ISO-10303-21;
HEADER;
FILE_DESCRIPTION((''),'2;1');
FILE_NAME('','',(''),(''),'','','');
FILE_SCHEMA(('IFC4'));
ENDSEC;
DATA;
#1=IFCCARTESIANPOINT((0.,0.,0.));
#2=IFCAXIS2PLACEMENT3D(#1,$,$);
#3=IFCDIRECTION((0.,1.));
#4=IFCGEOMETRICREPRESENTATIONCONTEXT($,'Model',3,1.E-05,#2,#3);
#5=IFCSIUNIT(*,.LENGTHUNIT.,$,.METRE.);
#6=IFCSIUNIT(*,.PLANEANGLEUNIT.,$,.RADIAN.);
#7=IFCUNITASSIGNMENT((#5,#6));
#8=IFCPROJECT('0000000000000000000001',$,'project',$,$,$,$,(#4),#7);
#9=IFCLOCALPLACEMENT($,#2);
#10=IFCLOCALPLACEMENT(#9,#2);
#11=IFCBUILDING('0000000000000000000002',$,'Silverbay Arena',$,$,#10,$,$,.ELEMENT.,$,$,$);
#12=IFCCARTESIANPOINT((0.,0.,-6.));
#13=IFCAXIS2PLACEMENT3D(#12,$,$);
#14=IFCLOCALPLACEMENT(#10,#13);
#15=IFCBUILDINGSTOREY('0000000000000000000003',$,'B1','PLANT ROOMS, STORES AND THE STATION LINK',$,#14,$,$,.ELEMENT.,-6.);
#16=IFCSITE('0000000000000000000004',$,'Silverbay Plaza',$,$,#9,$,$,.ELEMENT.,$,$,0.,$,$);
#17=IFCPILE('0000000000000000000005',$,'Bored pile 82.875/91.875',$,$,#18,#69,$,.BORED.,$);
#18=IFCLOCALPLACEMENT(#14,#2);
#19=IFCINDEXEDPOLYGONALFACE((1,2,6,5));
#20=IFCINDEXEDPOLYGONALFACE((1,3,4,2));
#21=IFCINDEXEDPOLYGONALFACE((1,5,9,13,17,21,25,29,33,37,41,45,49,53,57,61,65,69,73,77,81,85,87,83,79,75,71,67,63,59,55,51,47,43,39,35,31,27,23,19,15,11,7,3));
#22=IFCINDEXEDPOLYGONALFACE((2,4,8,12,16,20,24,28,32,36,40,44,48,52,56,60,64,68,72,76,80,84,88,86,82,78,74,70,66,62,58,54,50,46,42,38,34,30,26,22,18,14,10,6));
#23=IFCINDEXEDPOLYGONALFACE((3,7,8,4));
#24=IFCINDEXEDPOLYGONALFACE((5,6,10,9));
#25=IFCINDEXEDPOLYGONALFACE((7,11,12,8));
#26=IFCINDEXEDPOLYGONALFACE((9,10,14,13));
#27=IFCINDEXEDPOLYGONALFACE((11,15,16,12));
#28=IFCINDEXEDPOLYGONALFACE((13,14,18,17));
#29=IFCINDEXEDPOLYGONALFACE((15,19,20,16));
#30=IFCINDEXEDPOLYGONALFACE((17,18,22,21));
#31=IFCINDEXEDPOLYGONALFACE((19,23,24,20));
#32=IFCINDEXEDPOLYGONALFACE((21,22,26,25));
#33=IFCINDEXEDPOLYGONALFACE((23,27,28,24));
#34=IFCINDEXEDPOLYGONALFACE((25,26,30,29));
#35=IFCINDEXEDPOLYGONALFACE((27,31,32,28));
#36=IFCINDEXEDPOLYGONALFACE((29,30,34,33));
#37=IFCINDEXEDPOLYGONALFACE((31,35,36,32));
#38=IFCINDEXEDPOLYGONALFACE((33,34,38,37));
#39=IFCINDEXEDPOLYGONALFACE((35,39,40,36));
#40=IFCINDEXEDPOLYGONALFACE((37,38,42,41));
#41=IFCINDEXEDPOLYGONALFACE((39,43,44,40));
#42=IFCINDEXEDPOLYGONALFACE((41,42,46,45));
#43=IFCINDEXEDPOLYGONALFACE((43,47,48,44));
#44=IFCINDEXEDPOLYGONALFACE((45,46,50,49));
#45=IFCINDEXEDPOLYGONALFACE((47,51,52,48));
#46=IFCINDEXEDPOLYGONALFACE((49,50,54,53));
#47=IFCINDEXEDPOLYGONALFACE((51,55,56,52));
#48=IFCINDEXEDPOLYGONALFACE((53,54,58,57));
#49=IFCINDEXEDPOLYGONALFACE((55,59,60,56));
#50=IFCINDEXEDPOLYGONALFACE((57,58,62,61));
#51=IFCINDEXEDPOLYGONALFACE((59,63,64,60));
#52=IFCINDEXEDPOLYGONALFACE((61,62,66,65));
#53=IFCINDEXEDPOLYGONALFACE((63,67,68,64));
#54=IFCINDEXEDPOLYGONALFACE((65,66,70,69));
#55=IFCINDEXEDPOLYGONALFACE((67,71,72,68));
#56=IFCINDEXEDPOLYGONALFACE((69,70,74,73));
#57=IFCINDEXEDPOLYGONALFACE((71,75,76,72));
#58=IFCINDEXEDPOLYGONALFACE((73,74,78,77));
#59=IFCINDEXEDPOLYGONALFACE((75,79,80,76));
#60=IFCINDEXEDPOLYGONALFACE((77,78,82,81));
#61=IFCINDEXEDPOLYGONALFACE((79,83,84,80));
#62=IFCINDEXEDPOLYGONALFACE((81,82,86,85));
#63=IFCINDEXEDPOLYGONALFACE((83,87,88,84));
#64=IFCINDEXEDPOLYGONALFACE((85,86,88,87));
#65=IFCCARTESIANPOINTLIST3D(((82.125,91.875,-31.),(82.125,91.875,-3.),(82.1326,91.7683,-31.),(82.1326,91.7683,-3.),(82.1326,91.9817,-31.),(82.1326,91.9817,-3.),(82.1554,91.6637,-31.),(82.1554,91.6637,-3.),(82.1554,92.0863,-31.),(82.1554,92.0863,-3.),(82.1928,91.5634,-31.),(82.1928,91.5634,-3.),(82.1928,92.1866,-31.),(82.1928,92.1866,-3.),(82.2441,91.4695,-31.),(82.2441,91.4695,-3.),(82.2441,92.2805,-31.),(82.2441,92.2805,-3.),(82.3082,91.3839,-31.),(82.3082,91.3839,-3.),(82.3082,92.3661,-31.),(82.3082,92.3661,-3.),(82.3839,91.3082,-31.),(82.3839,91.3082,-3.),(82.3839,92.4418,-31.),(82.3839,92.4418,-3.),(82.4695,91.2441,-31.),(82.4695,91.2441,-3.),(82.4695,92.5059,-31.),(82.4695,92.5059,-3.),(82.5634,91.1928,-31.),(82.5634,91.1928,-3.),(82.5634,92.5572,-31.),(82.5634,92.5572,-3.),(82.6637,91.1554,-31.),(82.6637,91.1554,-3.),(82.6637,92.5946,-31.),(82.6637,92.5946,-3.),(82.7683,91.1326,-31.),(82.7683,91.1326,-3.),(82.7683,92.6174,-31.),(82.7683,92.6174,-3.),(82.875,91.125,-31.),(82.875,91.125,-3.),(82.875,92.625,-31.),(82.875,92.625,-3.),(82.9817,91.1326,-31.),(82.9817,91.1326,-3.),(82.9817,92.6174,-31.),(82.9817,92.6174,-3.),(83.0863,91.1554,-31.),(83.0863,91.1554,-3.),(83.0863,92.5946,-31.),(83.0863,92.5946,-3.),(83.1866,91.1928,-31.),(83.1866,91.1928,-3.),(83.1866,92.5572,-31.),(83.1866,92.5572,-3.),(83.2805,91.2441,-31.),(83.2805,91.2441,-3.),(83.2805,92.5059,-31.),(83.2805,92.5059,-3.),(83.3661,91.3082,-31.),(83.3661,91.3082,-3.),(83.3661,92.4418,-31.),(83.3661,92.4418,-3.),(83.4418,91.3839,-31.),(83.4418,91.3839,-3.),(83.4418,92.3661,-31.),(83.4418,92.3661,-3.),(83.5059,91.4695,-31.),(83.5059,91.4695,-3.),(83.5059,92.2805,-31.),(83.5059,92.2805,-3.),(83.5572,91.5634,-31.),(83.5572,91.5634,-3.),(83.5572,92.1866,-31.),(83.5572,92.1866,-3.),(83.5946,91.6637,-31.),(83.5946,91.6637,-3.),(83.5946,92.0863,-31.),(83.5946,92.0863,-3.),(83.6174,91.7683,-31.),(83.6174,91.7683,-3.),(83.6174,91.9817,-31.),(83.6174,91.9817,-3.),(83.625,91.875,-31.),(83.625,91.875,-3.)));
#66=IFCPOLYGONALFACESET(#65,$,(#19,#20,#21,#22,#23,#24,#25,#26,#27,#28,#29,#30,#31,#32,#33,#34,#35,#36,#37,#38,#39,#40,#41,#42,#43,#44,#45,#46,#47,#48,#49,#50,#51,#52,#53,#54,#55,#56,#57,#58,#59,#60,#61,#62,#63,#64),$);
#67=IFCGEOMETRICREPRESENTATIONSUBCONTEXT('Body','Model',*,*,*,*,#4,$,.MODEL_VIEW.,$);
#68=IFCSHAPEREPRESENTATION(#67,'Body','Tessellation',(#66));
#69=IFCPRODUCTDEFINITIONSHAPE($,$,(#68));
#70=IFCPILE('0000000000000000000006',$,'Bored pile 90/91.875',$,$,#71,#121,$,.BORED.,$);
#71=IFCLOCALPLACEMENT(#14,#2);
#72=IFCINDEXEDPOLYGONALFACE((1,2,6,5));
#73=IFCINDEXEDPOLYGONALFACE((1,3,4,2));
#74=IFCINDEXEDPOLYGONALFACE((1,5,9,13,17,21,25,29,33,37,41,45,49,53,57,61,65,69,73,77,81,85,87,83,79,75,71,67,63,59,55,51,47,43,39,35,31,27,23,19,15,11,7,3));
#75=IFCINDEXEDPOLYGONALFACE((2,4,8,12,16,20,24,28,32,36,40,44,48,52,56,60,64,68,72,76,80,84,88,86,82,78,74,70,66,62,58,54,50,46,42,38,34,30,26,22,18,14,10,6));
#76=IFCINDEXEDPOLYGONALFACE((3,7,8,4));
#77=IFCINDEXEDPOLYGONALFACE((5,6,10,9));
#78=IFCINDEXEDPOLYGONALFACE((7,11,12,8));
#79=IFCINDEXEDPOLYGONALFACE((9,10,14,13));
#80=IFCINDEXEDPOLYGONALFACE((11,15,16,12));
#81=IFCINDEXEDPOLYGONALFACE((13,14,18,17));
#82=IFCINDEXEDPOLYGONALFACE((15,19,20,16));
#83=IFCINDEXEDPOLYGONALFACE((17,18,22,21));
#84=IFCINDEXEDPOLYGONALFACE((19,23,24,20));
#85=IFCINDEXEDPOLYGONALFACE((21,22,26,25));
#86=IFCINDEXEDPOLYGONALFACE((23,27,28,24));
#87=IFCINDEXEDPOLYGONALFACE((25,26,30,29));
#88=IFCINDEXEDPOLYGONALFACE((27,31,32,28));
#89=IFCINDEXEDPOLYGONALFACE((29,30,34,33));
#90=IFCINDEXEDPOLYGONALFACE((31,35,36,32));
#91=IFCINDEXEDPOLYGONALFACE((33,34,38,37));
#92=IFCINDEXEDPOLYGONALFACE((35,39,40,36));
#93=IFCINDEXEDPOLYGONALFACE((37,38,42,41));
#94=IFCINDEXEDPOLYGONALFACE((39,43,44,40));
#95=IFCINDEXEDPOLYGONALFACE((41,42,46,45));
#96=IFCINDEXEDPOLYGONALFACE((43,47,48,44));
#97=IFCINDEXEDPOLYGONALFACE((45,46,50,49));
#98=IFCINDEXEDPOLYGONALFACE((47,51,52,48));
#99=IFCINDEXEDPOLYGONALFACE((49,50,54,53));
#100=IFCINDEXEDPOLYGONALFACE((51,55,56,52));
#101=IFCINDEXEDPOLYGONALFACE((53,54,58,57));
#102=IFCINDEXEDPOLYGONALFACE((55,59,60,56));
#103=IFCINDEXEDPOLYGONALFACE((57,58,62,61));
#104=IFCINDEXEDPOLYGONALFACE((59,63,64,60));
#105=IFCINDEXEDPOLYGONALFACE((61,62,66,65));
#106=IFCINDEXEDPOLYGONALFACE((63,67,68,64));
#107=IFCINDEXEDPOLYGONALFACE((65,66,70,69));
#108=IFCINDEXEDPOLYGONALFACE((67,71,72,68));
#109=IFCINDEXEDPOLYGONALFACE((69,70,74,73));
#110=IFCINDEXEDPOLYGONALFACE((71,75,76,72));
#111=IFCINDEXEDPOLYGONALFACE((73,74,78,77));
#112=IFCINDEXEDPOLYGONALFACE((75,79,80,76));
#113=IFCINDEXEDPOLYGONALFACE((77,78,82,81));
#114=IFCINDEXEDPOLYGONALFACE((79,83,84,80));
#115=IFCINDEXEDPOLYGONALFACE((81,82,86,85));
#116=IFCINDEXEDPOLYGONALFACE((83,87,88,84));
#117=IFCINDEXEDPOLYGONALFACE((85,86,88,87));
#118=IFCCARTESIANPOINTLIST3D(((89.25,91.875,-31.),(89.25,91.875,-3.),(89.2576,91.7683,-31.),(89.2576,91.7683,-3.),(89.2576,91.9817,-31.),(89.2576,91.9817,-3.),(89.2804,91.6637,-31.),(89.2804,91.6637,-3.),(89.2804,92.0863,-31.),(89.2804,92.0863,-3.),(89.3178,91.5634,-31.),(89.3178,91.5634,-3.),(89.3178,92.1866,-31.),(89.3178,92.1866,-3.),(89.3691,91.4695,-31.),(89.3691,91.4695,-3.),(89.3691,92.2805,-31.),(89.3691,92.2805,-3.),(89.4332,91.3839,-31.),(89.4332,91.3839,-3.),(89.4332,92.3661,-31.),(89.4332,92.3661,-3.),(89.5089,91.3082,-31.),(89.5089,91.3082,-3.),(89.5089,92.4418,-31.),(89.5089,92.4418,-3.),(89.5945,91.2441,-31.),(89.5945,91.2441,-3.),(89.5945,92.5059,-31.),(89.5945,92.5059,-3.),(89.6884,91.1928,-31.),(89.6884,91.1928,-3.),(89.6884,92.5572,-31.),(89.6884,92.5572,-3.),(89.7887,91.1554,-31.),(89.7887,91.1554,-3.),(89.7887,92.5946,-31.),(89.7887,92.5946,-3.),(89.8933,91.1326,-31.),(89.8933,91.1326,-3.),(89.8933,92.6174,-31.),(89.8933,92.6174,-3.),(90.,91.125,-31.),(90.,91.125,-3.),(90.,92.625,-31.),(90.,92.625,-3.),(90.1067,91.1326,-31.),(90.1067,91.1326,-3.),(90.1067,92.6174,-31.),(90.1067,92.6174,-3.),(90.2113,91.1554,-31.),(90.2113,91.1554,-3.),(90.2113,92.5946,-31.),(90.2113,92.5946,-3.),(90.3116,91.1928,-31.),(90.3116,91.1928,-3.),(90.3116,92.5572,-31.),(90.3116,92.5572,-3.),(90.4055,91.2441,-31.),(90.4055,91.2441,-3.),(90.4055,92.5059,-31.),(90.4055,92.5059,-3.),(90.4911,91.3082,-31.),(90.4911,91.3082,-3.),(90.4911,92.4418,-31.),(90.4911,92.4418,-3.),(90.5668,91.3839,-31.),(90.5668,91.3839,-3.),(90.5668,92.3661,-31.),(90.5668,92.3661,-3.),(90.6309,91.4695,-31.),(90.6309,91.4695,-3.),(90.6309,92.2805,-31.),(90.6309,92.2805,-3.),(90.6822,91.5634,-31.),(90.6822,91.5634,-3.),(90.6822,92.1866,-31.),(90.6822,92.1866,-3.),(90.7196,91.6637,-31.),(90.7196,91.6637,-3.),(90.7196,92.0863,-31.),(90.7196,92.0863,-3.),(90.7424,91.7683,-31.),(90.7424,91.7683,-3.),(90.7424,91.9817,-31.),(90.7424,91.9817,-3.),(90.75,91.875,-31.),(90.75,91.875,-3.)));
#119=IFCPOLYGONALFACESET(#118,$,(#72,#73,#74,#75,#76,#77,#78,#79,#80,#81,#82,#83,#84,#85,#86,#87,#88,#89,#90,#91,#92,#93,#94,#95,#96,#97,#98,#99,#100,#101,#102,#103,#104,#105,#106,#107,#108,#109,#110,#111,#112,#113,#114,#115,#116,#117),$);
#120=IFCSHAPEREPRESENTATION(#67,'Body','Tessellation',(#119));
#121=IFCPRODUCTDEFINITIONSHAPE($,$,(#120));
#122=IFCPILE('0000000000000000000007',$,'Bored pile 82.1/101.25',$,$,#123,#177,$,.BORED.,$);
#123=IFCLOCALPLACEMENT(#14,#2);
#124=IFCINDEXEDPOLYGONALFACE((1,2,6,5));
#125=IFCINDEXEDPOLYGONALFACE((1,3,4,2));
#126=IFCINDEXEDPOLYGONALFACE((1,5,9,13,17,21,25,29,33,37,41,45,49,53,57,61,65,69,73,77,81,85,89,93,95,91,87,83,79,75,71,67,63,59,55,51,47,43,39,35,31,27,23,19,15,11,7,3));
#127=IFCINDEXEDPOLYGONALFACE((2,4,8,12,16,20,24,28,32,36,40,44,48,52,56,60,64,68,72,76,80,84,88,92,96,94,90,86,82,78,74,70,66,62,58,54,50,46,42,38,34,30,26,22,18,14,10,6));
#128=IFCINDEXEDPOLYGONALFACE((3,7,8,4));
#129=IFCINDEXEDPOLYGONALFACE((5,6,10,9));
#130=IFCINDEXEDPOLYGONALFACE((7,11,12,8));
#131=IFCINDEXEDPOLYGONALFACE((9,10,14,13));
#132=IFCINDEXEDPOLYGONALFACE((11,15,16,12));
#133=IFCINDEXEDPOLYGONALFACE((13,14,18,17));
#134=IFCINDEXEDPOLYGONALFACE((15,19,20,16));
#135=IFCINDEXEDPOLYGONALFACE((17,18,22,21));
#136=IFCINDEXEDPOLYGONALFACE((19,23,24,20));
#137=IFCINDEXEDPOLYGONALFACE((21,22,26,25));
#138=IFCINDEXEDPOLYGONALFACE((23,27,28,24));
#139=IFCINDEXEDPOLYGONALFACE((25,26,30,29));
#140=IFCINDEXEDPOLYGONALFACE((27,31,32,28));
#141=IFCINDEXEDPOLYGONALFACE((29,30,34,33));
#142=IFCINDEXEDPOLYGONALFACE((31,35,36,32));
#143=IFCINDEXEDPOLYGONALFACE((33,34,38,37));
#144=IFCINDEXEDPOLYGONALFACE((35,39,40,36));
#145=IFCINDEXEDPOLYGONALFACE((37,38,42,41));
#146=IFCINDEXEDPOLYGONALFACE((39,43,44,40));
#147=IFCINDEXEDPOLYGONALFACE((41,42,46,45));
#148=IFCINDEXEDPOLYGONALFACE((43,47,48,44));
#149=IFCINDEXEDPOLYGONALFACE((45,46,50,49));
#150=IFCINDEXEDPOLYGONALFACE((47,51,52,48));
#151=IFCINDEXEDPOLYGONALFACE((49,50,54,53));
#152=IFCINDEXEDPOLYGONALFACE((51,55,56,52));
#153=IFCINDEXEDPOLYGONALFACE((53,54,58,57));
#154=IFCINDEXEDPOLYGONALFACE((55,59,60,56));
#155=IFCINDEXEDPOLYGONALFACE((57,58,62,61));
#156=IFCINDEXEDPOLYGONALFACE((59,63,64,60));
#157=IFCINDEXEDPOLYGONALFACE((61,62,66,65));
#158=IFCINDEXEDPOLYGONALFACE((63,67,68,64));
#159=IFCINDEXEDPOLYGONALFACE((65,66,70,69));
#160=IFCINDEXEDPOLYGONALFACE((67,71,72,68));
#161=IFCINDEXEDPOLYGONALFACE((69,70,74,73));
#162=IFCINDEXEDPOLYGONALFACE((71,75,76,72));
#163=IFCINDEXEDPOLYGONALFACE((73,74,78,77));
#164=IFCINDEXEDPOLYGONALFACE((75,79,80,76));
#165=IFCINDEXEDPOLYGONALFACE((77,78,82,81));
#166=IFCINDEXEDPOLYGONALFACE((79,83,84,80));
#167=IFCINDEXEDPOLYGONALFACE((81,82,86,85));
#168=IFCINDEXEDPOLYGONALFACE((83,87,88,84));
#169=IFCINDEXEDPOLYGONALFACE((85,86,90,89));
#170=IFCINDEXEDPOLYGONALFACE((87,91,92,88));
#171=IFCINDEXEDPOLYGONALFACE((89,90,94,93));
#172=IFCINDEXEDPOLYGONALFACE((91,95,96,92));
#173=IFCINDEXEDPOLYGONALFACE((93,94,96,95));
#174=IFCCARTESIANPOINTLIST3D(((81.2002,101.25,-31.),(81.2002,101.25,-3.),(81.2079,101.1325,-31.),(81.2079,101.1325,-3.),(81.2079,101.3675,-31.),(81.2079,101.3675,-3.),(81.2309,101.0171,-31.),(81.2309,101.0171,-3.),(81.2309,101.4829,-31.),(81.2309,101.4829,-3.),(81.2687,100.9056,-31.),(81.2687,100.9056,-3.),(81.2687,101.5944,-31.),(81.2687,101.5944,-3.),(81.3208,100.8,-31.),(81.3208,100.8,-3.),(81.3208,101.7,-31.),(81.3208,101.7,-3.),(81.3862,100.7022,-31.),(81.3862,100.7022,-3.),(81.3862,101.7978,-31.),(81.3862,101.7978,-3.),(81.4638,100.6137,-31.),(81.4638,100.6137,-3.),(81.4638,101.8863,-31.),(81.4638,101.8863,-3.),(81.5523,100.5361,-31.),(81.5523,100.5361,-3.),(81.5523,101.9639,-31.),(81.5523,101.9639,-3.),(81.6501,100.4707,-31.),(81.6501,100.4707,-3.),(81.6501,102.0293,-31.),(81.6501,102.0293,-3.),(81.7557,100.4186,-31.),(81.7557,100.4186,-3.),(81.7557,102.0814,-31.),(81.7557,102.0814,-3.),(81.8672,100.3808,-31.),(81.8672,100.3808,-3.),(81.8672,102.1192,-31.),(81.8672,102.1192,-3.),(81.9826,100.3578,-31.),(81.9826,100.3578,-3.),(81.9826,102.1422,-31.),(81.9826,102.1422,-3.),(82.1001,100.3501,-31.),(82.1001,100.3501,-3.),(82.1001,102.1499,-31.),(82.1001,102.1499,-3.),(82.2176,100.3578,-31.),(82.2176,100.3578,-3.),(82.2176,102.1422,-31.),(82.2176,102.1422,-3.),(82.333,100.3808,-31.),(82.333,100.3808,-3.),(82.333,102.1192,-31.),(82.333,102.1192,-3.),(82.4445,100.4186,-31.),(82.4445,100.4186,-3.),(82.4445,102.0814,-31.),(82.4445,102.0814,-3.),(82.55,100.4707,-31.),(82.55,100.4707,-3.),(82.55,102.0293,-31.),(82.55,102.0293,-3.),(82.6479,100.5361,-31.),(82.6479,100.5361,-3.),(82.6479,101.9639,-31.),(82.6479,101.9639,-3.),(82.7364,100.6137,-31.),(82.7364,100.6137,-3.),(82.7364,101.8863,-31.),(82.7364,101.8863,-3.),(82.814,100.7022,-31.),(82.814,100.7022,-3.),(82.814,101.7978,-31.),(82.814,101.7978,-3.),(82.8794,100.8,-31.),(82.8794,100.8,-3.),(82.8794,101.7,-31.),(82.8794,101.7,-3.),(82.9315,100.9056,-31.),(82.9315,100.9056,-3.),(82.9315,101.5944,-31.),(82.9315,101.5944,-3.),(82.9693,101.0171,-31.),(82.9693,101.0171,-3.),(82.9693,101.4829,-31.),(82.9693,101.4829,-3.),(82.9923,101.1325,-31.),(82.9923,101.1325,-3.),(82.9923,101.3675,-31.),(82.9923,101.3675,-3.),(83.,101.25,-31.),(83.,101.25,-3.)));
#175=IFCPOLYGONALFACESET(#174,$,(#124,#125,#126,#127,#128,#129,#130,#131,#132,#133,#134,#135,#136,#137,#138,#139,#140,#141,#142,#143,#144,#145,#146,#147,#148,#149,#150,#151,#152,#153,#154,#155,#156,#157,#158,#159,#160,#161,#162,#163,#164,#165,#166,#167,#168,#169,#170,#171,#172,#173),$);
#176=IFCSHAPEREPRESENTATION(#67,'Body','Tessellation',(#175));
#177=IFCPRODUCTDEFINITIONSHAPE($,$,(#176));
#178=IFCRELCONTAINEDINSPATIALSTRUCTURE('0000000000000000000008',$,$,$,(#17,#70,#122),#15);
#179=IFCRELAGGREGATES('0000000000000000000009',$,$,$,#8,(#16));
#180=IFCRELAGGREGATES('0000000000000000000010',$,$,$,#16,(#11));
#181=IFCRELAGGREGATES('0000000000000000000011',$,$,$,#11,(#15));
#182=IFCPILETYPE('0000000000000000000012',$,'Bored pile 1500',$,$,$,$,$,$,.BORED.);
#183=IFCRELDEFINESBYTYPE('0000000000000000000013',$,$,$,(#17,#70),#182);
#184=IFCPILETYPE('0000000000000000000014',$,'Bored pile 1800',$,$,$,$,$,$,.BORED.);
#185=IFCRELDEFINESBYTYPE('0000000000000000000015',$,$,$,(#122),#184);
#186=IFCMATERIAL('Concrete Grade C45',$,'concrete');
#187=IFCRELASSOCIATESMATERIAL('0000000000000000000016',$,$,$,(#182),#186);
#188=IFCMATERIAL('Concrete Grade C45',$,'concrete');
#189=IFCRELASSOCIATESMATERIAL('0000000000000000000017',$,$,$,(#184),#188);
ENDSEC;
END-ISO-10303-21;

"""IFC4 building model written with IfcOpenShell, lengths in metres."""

from ifc_helpers import new_model, si_unit, direction, frame, origin, origin_2d, place, context, subcontext, project, spatial, circle, extrude, material, material_profile, profile_set, type_object, element, save


model = new_model("IFC4")

# Units and contexts
model_context = context("Model", 3, precision=1e-05, world=origin(), true_north=direction((0.0, 1.0)))
body_context = subcontext(model_context, "Body", "Model", "MODEL_VIEW")
ifc_project = project(units=[si_unit("LENGTHUNIT", "METRE"), si_unit("PLANEANGLEUNIT", "RADIAN")], contexts=[model_context])

# Site, building, storey
site_placement = place(None, origin())
site = spatial("IfcSite", under=ifc_project, at=site_placement, Name="Silverbay Plaza", CompositionType="ELEMENT", RefElevation=0.0)
building_placement = place(site_placement, origin())
building = spatial("IfcBuilding", under=site, at=building_placement, Name="Silverbay Arena", CompositionType="ELEMENT")
storey_placement = place(building_placement, frame((0.0, 0.0, -6.0)))
storey = spatial("IfcBuildingStorey", under=building, at=storey_placement, Name="B1", Description="PLANT ROOMS, STORES AND THE STATION LINK", CompositionType="ELEMENT", Elevation=-6.0)

# Piles
ifc_material_1 = material(Name="Concrete Grade C45", Category="concrete")
ifc_material_profile_1 = material_profile(ifc_material_1, circle(Radius=0.75, at=origin_2d()), Name="Bored pile 1500")
ifc_profile_set_1 = profile_set([ifc_material_profile_1], Name="Concrete Grade C45")
pile_type_1 = type_object("IfcPileType", Name="Bored pile 1500", PredefinedType="BORED", material=ifc_profile_set_1)
for number, where, z_axis, x_axis, name in (
    (1, (82.875, 91.875, -3.0), (0.0, 0.0, -1.0), (1.0, 0.0, 0.0), "Bored pile 82.875/91.875"),
    (2, (90.0, 91.875, -3.0), (0.0, 0.0, -1.0), (1.0, 0.0, 0.0), "Bored pile 90/91.875"),
):
    element("IfcPile", number, at=place(storey_placement, frame(where, z_axis=z_axis, x_axis=x_axis)), inside=storey, type_object=pile_type_1, Name=name, PredefinedType="BORED", context=body_context, shape_type="SweptSolid", body=[
        extrude(circle(Radius=0.75, at=origin_2d()), origin(), (0.0, 0.0, 1.0), 28.0),
    ])
ifc_material_2 = material(Name="Concrete Grade C45", Category="concrete")
ifc_material_profile_2 = material_profile(ifc_material_2, circle(Radius=0.8999, at=origin_2d()), Name="Bored pile 1800")
ifc_profile_set_2 = profile_set([ifc_material_profile_2], Name="Concrete Grade C45")
pile_type_2 = type_object("IfcPileType", Name="Bored pile 1800", PredefinedType="BORED", material=ifc_profile_set_2)
for number, where, z_axis, x_axis, name in (
    (3, (82.1001, 101.25, -3.0), (0.0, 0.0, -1.0), (1.0, 0.0, 0.0), "Bored pile 82.1/101.25"),
):
    element("IfcPile", number, at=place(storey_placement, frame(where, z_axis=z_axis, x_axis=x_axis)), inside=storey, type_object=pile_type_2, Name=name, PredefinedType="BORED", context=body_context, shape_type="SweptSolid", body=[
        extrude(circle(Radius=0.8999, at=origin_2d()), origin(), (0.0, 0.0, 1.0), 28.0),
    ])

save(model, "model.ifc")
